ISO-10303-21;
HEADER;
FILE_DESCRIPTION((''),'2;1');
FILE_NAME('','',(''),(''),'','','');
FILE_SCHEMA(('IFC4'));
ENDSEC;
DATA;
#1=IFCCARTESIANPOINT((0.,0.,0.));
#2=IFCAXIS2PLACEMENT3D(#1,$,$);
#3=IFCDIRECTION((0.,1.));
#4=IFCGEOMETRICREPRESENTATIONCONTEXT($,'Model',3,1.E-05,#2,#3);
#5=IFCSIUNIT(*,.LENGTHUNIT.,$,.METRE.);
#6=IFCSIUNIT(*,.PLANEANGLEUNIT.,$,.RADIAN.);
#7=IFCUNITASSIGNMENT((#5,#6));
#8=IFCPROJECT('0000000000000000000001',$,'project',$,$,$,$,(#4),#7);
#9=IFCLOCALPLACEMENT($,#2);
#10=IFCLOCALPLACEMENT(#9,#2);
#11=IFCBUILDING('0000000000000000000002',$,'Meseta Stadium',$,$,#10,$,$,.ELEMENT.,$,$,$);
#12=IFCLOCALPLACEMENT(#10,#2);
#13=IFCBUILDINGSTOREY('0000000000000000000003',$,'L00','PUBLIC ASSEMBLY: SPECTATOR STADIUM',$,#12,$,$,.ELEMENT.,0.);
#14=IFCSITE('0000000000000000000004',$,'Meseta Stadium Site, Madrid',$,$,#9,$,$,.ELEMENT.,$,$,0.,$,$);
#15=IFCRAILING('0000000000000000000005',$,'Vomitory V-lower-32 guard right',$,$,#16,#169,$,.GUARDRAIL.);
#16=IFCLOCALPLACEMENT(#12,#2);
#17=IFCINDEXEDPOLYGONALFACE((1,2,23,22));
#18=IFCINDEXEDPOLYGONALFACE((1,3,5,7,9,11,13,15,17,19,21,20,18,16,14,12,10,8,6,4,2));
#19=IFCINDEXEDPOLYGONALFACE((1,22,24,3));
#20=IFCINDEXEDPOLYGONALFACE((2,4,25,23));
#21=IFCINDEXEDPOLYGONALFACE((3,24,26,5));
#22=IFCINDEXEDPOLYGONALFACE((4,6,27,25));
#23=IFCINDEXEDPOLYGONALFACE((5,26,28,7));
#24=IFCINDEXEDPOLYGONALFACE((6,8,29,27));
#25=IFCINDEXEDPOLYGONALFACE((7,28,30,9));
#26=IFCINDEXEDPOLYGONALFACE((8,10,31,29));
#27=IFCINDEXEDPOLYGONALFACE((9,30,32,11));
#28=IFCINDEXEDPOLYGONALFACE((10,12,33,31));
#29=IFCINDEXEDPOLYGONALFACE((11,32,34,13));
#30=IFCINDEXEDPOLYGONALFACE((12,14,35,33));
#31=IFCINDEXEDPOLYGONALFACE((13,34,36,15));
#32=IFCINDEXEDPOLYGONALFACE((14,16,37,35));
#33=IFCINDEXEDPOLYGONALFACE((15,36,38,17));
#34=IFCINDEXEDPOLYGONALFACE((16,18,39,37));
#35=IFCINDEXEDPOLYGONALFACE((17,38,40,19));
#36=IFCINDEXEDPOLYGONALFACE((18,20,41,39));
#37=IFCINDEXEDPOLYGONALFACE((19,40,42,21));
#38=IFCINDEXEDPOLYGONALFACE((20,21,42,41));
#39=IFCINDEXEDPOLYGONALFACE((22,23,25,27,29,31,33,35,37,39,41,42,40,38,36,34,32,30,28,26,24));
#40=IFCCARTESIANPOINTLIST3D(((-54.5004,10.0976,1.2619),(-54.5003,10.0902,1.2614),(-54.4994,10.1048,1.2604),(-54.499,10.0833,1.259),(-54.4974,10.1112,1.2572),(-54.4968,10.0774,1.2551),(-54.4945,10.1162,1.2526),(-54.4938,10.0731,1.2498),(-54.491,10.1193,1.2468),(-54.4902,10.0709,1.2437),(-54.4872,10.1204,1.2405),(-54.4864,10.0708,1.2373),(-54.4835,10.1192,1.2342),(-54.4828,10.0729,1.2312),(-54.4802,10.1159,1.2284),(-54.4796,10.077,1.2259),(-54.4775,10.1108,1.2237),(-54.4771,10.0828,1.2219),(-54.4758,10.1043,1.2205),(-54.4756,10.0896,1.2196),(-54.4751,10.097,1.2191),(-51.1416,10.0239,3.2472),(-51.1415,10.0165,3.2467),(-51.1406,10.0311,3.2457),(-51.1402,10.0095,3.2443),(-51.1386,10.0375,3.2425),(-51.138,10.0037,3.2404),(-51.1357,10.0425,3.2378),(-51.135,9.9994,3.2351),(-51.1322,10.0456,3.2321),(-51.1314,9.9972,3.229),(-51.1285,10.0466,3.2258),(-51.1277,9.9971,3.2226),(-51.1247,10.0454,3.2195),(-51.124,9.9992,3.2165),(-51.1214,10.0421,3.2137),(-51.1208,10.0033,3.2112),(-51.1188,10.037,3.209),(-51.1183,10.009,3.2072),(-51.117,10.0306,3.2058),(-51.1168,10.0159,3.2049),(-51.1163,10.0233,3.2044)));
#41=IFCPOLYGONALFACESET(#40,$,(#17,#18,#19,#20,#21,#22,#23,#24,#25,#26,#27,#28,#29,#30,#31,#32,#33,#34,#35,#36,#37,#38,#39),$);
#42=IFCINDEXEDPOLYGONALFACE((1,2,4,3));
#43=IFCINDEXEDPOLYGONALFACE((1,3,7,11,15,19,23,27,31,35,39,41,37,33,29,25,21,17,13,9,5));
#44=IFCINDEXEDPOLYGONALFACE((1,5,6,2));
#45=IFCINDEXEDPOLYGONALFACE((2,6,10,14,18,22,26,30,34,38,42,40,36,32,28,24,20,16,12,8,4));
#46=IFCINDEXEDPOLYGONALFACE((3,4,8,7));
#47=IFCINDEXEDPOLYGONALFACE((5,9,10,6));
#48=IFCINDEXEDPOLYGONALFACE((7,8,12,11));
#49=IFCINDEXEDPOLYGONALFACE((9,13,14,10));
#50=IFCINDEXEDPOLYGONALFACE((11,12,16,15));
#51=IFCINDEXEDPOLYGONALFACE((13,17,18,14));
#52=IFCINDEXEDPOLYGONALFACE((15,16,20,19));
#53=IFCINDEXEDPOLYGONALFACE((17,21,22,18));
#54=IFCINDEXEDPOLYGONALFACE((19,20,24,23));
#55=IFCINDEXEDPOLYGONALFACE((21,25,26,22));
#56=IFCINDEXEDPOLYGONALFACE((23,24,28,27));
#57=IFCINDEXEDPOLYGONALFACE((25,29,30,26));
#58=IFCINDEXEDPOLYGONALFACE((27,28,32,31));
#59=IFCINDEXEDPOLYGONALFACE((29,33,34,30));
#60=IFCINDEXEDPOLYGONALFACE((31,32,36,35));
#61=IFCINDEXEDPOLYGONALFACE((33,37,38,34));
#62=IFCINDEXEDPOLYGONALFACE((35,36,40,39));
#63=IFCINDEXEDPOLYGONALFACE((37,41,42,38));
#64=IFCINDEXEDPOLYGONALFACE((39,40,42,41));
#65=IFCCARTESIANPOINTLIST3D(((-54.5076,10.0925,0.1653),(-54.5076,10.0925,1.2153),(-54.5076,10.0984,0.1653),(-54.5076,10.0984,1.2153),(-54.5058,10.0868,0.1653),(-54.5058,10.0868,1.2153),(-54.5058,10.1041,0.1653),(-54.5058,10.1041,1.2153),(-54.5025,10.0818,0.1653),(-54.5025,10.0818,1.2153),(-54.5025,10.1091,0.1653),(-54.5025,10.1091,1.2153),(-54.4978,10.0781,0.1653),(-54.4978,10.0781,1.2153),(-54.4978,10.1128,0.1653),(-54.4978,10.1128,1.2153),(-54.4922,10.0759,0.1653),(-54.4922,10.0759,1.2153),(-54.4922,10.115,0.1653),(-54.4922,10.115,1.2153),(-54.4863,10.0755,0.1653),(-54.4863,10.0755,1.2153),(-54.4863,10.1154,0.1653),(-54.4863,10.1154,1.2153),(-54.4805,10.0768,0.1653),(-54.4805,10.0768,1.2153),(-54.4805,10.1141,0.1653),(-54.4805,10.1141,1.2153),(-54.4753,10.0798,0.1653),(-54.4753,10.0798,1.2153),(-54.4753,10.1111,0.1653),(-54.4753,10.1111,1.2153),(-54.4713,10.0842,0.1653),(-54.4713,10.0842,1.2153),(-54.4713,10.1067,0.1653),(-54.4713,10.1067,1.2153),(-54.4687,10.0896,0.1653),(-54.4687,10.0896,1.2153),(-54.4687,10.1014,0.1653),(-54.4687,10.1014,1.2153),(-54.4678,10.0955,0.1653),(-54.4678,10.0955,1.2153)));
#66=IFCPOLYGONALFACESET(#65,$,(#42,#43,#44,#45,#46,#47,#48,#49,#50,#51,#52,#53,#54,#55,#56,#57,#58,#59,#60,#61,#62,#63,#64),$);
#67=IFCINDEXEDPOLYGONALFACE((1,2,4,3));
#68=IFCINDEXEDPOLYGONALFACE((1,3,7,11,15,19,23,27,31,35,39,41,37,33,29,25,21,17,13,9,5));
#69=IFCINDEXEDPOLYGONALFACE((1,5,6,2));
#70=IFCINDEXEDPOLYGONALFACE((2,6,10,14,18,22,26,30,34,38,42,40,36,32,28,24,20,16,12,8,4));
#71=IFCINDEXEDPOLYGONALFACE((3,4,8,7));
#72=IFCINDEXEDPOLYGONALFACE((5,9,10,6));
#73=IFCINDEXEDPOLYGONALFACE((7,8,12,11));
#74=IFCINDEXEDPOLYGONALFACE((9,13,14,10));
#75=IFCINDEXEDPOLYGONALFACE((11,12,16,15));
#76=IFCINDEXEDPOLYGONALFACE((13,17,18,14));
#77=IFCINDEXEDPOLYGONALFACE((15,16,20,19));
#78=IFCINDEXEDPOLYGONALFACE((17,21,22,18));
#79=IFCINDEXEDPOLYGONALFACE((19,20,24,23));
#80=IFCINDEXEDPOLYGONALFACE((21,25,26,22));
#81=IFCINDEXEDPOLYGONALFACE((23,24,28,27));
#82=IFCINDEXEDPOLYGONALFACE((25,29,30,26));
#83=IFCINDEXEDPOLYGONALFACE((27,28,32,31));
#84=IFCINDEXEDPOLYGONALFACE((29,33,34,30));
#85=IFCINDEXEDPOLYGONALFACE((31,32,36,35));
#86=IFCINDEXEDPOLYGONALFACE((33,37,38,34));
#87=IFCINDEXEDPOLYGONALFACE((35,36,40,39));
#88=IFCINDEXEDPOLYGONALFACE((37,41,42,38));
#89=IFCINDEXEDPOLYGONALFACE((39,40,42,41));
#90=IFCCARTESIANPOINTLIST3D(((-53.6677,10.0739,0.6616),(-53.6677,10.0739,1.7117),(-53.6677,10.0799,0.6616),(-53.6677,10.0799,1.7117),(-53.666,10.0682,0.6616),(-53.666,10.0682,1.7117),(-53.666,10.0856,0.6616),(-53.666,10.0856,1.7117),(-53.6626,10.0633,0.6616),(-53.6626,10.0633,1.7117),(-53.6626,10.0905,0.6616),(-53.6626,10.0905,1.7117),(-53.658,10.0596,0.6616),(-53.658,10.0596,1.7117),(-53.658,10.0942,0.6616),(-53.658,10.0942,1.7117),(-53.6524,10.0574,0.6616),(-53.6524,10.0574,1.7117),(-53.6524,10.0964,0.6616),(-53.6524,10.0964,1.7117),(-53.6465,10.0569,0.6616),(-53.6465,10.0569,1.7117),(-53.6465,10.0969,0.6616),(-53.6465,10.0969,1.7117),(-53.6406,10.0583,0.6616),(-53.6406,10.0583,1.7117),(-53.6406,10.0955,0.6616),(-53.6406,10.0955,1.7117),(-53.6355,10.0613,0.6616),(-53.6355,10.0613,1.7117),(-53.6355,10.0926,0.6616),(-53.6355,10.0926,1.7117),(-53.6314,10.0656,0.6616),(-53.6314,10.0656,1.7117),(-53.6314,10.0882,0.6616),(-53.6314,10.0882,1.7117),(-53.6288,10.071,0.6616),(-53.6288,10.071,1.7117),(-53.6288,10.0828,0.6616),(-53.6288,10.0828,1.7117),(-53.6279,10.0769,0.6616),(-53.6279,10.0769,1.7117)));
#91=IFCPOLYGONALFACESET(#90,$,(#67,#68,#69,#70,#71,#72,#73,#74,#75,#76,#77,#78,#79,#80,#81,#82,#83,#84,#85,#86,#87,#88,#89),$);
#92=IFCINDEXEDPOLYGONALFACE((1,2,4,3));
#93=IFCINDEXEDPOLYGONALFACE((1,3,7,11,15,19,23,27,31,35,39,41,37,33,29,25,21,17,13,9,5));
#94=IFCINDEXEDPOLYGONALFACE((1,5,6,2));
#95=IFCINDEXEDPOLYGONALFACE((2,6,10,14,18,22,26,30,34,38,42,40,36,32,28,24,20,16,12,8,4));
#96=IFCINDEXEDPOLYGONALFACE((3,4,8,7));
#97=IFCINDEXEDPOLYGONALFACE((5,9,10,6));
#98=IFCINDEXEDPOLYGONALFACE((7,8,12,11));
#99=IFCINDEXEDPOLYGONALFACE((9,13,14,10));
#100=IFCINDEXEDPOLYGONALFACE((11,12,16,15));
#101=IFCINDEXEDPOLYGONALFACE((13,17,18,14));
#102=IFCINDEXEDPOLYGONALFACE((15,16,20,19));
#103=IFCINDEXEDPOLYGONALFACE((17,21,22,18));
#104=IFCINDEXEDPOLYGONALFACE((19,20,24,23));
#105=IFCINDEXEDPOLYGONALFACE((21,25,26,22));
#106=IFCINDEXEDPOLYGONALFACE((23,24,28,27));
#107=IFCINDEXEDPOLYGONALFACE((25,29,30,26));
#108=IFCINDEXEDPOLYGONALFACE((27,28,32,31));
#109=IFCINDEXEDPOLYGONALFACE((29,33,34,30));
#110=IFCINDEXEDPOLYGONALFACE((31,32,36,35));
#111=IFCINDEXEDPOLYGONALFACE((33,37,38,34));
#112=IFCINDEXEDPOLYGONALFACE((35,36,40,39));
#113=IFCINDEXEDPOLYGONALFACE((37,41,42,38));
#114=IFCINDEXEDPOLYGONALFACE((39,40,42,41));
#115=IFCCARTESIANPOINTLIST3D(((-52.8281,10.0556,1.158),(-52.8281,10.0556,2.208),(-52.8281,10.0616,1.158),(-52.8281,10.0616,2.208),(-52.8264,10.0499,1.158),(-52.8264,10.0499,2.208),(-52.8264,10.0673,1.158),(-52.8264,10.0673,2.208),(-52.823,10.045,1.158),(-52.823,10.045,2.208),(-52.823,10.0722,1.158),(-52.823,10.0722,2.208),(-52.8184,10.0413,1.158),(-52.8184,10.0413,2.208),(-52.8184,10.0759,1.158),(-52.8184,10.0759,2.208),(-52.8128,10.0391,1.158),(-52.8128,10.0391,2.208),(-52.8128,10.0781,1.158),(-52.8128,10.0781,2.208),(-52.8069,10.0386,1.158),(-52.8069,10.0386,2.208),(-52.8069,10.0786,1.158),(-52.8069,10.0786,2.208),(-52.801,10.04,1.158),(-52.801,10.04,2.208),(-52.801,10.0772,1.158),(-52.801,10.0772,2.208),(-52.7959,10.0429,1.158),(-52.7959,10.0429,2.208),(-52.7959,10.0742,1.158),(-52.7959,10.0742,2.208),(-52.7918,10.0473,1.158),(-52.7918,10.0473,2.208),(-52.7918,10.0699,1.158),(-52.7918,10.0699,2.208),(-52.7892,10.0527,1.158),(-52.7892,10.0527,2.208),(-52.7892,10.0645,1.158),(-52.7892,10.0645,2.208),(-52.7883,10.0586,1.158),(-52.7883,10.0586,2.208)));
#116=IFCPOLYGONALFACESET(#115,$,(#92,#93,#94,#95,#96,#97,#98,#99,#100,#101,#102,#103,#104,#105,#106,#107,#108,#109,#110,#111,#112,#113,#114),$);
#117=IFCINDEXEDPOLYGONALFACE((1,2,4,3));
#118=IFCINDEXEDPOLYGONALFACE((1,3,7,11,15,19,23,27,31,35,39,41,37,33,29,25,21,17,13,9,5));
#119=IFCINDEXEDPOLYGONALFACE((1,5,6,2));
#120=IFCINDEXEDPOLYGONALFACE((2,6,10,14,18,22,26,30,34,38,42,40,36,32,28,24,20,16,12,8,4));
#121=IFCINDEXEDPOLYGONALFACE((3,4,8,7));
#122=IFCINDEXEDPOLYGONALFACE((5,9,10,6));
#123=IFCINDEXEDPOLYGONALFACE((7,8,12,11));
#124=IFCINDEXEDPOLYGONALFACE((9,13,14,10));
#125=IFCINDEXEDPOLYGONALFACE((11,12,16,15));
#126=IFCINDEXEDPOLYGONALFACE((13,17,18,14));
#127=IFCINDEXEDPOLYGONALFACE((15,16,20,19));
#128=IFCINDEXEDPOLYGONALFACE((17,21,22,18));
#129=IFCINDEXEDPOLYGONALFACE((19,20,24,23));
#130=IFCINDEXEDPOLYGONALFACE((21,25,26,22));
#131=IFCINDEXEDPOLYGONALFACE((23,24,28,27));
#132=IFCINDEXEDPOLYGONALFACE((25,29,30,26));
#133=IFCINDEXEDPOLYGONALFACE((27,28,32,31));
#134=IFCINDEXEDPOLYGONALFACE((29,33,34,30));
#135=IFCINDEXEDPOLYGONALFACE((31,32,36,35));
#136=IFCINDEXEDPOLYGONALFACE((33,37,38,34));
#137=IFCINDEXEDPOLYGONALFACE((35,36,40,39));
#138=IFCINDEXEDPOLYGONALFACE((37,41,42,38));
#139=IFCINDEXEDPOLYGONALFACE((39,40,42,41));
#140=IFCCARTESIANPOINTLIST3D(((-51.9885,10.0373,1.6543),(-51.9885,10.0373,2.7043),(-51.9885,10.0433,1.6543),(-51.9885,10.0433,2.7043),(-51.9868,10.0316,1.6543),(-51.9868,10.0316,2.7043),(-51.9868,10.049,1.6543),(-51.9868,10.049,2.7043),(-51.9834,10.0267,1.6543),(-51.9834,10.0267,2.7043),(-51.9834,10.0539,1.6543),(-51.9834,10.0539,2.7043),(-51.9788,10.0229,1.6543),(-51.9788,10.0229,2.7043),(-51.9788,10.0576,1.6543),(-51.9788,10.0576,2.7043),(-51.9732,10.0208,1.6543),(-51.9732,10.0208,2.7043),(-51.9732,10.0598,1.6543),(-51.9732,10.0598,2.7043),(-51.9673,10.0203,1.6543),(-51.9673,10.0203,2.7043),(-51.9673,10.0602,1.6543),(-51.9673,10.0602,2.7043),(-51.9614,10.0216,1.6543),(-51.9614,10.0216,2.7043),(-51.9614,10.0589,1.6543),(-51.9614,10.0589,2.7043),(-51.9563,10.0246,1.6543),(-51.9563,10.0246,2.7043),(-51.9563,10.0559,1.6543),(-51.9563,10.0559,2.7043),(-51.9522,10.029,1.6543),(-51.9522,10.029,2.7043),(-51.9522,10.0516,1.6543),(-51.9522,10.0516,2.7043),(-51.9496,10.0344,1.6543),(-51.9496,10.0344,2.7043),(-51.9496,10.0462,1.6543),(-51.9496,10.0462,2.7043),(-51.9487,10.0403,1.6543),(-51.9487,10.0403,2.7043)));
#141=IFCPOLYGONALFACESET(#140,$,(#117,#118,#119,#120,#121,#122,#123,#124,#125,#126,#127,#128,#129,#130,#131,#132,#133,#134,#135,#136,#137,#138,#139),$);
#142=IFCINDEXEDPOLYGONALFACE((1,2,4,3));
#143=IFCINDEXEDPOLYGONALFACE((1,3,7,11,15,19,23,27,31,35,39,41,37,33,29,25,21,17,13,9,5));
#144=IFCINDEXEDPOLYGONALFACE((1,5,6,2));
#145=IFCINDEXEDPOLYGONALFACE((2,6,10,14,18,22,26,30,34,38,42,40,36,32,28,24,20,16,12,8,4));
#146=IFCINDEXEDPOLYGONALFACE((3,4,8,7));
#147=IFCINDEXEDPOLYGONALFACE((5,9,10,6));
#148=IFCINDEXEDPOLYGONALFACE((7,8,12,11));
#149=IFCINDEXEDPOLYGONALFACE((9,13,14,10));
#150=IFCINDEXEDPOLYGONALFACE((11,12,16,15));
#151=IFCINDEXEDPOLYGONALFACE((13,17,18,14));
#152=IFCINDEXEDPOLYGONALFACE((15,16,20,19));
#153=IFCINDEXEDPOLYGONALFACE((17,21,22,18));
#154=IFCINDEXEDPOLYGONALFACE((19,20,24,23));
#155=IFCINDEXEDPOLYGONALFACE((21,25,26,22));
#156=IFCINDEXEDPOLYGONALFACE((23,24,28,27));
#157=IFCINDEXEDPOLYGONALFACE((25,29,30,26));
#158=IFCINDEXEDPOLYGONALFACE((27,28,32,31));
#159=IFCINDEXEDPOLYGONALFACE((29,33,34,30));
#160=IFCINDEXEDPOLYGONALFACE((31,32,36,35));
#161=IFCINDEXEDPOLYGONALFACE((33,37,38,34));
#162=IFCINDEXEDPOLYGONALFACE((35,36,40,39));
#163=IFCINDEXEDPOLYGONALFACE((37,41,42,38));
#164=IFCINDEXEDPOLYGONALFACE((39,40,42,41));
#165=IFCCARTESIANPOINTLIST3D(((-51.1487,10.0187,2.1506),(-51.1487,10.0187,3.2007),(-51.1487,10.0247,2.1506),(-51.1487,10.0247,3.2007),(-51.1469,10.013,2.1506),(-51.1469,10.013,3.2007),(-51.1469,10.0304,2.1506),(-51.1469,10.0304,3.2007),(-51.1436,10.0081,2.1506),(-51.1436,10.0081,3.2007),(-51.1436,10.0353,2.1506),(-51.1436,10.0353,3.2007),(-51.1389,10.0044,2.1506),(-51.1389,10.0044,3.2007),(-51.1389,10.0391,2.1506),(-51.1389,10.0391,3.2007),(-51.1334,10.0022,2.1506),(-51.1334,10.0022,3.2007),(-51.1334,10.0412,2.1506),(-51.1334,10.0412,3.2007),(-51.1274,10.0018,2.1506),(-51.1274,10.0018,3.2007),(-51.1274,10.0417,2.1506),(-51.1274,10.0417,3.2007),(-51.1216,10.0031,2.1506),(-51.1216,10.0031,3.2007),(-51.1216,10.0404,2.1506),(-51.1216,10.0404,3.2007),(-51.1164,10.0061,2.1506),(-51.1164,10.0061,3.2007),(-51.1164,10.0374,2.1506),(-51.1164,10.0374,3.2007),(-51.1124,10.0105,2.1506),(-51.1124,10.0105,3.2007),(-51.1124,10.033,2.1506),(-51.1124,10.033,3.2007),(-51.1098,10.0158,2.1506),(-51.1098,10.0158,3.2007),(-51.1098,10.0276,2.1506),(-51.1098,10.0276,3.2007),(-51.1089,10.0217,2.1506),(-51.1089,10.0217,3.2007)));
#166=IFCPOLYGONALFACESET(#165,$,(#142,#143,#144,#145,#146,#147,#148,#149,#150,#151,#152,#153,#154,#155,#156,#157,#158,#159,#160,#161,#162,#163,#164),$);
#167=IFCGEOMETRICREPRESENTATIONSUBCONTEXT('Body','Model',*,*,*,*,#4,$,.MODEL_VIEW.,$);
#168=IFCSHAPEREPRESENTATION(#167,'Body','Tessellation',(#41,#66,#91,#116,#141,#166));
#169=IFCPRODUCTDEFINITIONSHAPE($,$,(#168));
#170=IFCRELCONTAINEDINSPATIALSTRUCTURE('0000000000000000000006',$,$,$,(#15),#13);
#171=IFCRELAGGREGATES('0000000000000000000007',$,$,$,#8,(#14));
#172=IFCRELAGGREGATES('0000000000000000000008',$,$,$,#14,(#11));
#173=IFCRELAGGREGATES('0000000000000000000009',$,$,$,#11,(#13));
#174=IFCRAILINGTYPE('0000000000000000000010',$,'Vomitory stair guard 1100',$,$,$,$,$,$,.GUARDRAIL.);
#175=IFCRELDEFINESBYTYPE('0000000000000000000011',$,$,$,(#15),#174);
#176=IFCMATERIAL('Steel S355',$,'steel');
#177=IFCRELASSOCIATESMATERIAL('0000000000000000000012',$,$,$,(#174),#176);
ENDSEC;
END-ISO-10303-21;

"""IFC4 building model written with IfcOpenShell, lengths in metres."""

from ifc_helpers import new_model, si_unit, direction, frame, origin, origin_2d, place, context, subcontext, project, spatial, circle, extrude, material, type_object, element, save


model = new_model("IFC4")

# Units and contexts
model_context = context("Model", 3, precision=1e-05, world=origin(), true_north=direction((0.0, 1.0)))
body_context = subcontext(model_context, "Body", "Model", "MODEL_VIEW")
ifc_project = project(units=[si_unit("LENGTHUNIT", "METRE"), si_unit("PLANEANGLEUNIT", "RADIAN")], contexts=[model_context])

# Site, building, storey
site_placement = place(None, origin())
site = spatial("IfcSite", under=ifc_project, at=site_placement, Name="Meseta Stadium Site, Madrid", CompositionType="ELEMENT", RefElevation=0.0)
building_placement = place(site_placement, origin())
building = spatial("IfcBuilding", under=site, at=building_placement, Name="Meseta Stadium", CompositionType="ELEMENT")
storey_placement = place(building_placement, origin())
storey = spatial("IfcBuildingStorey", under=building, at=storey_placement, Name="L00", Description="PUBLIC ASSEMBLY: SPECTATOR STADIUM", CompositionType="ELEMENT", Elevation=0.0)

# Railing
ifc_material_1 = material(Name="Steel S355", Category="steel")
railing_type_1 = type_object("IfcRailingType", Name="Vomitory stair guard 1100", PredefinedType="GUARDRAIL", material=ifc_material_1)
railing_1_placement = place(storey_placement, frame((-54.4878, 10.0955, 0.1653)))
element("IfcRailing", 1, at=railing_1_placement, inside=storey, type_object=railing_type_1, Name="Vomitory V-lower-32 guard right", PredefinedType="GUARDRAIL", context=body_context, shape_type="SweptSolid", body=[
    extrude(circle(Radius=0.0249, at=origin_2d()), frame((0.0, 0.0, 1.0752), z_axis=(0.860711, -0.018893, 0.508744), x_axis=(0.021946, 0.999759, 0.0)), (0.0, 0.0, 1.0), 3.9023),
    extrude(circle(Radius=0.02, at=origin_2d()), origin(), (0.0, 0.0, 1.0), 1.05),
    extrude(circle(Radius=0.02, at=origin_2d()), frame((0.8398, -0.0186, 0.4963)), (0.0, 0.0, 1.0), 1.05),
    extrude(circle(Radius=0.02, at=origin_2d()), frame((1.6794, -0.0369, 0.9927)), (0.0, 0.0, 1.0), 1.05),
    extrude(circle(Radius=0.02, at=origin_2d()), frame((2.519, -0.0552, 1.489)), (0.0, 0.0, 1.0), 1.05),
    extrude(circle(Radius=0.02, at=origin_2d()), frame((3.3589, -0.0737, 1.9854)), (0.0, 0.0, 1.0), 1.05),
])

save(model, "model.ifc")
